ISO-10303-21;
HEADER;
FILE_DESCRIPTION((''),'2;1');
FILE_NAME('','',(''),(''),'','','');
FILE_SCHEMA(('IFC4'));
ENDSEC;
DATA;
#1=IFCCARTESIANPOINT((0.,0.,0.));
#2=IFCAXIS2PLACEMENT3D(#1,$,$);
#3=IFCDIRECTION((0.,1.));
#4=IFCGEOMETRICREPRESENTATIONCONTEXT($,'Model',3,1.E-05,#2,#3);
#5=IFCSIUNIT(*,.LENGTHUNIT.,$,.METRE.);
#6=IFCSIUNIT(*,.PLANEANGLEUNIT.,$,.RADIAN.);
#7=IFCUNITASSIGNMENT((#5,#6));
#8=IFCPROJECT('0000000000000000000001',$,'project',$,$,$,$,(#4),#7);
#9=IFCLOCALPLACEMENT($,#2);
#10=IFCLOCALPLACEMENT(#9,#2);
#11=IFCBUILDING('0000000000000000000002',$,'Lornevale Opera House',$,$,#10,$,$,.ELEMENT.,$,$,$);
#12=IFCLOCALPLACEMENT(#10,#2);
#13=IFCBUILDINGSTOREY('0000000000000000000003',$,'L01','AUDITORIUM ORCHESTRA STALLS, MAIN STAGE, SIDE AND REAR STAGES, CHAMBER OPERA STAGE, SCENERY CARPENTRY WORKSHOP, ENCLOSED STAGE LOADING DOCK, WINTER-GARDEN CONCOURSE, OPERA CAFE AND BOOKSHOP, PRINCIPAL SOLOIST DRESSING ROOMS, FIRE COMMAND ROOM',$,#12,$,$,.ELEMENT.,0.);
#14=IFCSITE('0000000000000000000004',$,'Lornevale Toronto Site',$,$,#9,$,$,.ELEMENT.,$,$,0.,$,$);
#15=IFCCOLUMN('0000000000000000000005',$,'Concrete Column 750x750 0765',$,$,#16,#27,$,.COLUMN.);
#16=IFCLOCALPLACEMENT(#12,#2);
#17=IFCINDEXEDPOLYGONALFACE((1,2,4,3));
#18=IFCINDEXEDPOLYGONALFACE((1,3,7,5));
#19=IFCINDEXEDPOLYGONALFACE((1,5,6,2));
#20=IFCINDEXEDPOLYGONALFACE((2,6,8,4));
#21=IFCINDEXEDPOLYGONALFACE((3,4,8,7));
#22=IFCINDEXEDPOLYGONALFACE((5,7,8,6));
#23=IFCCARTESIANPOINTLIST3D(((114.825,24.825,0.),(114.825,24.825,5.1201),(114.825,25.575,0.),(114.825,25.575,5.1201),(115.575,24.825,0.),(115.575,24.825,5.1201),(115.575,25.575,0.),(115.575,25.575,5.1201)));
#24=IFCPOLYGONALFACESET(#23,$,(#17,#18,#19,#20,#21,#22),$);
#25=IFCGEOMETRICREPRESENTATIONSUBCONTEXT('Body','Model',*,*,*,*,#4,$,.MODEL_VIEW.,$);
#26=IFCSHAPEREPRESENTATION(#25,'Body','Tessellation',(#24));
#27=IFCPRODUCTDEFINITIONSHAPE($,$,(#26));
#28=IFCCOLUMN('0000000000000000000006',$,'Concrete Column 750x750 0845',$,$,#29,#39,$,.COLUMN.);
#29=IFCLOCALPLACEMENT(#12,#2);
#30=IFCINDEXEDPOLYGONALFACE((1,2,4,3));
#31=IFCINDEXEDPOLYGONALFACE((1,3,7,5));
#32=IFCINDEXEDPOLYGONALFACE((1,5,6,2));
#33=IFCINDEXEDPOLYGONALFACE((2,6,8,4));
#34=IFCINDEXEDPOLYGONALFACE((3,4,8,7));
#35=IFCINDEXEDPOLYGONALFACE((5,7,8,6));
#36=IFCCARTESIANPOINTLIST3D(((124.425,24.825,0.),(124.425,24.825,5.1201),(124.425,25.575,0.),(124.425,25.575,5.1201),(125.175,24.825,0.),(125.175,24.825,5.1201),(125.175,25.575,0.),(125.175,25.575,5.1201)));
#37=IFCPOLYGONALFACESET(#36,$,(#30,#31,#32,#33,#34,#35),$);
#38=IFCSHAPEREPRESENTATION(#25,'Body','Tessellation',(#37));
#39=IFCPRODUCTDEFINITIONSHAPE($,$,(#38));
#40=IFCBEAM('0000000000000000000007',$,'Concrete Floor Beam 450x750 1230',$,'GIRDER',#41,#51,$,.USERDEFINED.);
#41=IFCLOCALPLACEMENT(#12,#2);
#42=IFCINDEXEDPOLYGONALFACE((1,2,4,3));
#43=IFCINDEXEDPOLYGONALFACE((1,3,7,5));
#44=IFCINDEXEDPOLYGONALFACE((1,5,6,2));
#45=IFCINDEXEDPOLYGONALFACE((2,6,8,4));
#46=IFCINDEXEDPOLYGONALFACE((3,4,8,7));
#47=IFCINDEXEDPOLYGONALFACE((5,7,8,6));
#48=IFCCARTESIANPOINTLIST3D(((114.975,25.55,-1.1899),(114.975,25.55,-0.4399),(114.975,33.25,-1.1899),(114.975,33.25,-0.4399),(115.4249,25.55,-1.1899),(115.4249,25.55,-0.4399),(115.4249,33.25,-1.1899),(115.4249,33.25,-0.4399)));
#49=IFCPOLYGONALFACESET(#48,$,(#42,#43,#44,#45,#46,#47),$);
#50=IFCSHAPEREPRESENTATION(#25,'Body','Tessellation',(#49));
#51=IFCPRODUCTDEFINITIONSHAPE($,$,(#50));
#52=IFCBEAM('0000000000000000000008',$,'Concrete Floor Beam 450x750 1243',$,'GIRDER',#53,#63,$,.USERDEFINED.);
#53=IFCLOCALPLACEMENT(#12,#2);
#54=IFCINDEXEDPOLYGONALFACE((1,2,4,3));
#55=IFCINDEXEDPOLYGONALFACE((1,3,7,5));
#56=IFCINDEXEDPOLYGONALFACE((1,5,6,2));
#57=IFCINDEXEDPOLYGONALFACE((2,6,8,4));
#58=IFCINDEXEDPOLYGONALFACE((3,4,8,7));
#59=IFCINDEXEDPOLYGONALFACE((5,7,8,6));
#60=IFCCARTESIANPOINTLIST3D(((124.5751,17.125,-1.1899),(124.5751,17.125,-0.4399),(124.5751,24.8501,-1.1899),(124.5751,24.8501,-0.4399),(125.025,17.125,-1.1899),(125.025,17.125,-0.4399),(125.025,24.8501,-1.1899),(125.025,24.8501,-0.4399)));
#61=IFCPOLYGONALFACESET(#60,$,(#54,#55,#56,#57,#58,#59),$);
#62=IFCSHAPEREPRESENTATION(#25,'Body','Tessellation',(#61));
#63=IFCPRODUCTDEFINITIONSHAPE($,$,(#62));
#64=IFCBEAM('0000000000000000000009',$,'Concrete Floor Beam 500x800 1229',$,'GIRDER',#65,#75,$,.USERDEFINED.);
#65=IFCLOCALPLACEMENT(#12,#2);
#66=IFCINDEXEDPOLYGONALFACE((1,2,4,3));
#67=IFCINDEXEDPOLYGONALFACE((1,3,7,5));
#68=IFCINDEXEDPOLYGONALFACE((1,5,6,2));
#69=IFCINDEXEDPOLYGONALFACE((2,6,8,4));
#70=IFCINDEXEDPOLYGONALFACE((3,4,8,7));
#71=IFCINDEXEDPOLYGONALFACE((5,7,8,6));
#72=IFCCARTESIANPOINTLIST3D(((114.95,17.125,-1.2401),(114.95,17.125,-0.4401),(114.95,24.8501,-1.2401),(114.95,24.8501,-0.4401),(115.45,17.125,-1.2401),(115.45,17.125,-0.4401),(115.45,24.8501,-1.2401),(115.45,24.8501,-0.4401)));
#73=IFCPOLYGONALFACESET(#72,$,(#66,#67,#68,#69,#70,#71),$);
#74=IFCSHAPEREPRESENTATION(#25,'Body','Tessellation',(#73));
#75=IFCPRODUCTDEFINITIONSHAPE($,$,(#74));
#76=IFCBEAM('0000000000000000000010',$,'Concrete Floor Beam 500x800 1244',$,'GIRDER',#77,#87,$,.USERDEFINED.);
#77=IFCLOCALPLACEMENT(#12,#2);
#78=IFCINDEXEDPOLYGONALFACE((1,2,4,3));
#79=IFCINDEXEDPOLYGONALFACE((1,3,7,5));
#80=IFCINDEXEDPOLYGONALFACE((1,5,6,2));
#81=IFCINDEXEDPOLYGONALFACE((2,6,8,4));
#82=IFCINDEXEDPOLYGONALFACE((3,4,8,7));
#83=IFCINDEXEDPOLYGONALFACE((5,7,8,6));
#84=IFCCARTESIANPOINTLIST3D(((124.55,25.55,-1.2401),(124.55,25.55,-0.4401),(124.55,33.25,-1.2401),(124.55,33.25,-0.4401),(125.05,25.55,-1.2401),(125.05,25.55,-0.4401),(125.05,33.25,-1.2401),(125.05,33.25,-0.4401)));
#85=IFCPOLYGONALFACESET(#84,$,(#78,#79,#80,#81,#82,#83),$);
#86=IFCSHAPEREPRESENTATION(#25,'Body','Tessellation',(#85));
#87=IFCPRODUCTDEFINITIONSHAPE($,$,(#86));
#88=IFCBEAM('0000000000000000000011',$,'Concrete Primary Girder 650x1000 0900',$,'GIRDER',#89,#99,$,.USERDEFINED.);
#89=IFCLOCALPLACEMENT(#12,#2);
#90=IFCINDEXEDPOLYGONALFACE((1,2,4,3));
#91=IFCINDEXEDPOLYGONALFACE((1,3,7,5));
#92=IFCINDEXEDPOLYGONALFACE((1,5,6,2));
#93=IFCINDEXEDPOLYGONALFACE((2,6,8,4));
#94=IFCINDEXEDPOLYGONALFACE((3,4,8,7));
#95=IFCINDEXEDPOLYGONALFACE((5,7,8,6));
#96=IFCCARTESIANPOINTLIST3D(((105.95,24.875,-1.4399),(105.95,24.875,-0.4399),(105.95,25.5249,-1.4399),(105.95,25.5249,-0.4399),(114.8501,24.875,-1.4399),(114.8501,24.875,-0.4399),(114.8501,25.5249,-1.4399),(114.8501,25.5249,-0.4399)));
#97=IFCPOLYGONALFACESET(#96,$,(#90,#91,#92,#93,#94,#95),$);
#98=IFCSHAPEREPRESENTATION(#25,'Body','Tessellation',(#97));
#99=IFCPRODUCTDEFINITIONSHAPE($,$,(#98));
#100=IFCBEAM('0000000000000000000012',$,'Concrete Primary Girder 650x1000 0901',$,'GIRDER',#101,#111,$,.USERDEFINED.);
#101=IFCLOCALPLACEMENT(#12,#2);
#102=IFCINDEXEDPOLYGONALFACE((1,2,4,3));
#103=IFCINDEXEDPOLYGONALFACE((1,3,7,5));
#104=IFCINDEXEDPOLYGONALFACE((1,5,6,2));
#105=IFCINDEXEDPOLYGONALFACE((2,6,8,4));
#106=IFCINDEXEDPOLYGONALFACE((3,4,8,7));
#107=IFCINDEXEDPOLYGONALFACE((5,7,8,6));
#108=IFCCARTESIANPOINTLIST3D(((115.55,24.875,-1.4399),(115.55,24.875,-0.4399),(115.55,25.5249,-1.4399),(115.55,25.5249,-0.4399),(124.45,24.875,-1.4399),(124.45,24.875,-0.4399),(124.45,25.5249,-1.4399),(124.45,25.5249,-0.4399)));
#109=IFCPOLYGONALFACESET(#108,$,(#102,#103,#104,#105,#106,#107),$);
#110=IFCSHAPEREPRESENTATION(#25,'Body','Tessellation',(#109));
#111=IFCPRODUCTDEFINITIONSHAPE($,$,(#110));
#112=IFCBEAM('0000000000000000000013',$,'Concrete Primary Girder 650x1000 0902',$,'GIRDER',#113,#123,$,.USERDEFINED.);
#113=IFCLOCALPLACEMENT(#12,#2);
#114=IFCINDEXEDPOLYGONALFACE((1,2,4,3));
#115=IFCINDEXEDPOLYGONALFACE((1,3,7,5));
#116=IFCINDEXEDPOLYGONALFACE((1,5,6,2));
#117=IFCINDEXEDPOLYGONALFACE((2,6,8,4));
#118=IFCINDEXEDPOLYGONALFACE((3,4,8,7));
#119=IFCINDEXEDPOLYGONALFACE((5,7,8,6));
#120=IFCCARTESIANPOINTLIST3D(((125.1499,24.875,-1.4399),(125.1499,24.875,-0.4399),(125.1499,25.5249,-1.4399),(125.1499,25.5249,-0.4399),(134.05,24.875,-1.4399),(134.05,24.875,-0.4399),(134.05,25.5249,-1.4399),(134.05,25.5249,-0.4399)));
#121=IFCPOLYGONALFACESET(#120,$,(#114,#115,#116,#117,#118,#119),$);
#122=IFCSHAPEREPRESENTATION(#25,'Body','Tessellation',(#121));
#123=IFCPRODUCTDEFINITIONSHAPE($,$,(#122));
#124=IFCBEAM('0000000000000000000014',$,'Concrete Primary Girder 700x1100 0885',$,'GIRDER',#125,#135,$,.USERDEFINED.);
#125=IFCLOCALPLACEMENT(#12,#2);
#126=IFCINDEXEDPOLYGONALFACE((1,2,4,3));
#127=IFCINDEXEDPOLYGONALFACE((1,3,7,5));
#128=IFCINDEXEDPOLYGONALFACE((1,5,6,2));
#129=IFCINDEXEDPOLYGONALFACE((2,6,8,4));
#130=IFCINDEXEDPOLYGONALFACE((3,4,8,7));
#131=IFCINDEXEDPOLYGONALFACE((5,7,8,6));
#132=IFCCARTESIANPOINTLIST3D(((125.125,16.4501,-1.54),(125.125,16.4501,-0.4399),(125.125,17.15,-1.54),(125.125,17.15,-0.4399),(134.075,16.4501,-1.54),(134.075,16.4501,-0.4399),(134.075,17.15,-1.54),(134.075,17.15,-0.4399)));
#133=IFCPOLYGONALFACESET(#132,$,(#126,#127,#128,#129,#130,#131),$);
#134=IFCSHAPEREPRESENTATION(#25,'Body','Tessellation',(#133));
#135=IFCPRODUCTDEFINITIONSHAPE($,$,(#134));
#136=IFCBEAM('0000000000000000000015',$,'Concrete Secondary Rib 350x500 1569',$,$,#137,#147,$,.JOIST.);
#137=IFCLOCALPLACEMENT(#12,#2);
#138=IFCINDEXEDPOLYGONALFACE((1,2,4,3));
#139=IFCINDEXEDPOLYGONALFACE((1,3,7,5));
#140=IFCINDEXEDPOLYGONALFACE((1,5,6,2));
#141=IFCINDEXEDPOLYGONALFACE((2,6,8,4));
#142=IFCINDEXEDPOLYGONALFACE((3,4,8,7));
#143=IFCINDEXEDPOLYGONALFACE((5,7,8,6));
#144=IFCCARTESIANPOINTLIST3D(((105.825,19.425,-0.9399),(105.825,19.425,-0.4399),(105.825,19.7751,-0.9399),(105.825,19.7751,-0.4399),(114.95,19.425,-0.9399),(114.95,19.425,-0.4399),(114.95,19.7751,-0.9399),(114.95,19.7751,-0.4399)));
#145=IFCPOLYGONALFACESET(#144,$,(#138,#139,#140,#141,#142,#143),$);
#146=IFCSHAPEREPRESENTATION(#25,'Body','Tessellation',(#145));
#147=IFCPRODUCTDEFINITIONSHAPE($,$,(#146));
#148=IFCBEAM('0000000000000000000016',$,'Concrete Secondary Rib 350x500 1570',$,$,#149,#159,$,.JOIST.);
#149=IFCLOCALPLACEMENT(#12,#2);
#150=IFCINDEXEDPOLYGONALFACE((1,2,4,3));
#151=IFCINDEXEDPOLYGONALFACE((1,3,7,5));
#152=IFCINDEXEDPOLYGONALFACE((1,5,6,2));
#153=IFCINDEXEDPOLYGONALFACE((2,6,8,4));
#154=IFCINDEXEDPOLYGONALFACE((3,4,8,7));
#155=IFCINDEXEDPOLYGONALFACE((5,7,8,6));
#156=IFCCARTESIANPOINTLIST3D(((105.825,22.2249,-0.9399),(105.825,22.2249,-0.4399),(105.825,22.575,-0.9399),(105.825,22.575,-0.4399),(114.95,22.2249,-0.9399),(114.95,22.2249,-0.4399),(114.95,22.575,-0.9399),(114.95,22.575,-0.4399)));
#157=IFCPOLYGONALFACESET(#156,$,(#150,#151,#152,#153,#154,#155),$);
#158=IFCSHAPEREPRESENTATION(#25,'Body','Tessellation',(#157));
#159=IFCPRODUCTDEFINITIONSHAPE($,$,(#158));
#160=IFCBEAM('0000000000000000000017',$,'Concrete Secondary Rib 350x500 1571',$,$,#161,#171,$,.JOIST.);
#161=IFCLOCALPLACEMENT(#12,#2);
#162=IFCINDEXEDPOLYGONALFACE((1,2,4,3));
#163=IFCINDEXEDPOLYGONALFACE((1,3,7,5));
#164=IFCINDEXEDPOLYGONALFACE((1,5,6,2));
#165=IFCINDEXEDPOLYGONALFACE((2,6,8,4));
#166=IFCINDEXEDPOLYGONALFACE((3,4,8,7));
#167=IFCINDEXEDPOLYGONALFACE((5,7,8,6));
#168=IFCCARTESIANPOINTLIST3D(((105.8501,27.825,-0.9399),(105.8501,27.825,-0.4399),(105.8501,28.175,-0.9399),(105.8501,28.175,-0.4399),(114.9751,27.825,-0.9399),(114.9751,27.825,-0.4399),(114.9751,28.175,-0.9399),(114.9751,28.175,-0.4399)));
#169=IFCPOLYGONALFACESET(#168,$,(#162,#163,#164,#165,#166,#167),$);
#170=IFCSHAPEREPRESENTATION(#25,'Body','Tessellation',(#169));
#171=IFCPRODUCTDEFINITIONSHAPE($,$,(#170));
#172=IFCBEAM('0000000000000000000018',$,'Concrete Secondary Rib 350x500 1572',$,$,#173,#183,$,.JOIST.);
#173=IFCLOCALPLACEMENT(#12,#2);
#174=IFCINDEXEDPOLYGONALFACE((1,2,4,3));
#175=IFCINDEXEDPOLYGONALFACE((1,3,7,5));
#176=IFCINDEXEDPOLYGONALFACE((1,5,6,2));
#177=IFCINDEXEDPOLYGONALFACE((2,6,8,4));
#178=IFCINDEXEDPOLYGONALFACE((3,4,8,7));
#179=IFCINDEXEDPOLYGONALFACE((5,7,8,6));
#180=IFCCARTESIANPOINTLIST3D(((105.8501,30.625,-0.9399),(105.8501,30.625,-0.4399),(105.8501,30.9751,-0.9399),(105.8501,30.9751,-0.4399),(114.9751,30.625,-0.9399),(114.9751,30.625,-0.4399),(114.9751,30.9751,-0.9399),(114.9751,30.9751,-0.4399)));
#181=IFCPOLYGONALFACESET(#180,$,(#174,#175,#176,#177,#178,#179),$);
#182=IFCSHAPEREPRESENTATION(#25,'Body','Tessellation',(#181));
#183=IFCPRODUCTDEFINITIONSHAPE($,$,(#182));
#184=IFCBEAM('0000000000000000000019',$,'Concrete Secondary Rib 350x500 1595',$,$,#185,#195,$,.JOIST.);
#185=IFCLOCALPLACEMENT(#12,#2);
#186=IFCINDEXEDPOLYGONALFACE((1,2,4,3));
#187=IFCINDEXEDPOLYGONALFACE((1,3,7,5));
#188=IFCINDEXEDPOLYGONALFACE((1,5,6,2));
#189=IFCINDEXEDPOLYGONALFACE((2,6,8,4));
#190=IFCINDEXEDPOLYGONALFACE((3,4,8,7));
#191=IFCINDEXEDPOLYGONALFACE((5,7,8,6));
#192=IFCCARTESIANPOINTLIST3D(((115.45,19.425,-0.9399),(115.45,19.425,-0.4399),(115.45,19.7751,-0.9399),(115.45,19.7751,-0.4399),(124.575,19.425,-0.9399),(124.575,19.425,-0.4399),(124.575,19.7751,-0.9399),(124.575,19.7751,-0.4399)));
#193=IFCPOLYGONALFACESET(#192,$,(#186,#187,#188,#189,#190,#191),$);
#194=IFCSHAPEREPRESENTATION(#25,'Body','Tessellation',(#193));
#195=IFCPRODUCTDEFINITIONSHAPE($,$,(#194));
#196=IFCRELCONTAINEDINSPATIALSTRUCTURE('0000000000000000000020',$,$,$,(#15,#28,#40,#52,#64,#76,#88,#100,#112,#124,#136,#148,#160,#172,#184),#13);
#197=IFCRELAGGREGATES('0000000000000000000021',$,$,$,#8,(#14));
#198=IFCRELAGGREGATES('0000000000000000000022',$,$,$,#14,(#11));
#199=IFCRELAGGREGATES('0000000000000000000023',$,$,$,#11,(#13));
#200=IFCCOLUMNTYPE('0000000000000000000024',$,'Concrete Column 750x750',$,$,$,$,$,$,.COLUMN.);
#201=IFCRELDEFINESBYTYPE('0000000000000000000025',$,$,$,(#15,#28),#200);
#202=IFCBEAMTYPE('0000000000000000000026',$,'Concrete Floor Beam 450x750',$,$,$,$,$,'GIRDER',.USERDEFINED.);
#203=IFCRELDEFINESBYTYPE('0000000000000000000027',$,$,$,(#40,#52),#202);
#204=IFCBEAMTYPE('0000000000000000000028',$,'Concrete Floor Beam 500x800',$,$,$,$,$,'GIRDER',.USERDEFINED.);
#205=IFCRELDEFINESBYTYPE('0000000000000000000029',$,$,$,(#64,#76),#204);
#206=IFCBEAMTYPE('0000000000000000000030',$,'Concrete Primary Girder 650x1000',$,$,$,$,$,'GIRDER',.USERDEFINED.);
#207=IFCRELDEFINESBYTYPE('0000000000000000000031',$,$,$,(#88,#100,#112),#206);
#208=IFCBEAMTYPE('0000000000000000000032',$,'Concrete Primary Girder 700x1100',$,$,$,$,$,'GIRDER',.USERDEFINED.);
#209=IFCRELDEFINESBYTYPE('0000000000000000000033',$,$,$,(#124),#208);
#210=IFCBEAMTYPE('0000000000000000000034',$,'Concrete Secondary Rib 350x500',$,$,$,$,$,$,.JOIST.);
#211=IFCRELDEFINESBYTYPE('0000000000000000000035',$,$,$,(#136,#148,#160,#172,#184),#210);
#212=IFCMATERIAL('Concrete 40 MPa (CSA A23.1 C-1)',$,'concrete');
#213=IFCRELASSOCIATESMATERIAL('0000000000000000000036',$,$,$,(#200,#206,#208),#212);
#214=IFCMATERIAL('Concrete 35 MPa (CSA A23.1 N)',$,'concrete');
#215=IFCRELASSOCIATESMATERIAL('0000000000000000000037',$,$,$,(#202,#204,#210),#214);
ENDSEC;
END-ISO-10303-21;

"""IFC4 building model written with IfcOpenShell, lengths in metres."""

from ifc_helpers import new_model, si_unit, direction, frame, origin, origin_2d, place, context, subcontext, project, spatial, rectangle, extrude, material, material_profile, profile_set, type_object, element, save


model = new_model("IFC4")

# Units and contexts
model_context = context("Model", 3, precision=1e-05, world=origin(), true_north=direction((0.0, 1.0)))
body_context = subcontext(model_context, "Body", "Model", "MODEL_VIEW")
ifc_project = project(units=[si_unit("LENGTHUNIT", "METRE"), si_unit("PLANEANGLEUNIT", "RADIAN")], contexts=[model_context])

# Site, building, storey
site_placement = place(None, origin())
site = spatial("IfcSite", under=ifc_project, at=site_placement, Name="Lornevale Toronto Site", CompositionType="ELEMENT", RefElevation=0.0)
building_placement = place(site_placement, origin())
building = spatial("IfcBuilding", under=site, at=building_placement, Name="Lornevale Opera House", CompositionType="ELEMENT")
storey_placement = place(building_placement, origin())
storey = spatial("IfcBuildingStorey", under=building, at=storey_placement, Name="L01", Description="AUDITORIUM ORCHESTRA STALLS, MAIN STAGE, SIDE AND REAR STAGES, CHAMBER OPERA STAGE, SCENERY CARPENTRY WORKSHOP, ENCLOSED STAGE LOADING DOCK, WINTER-GARDEN CONCOURSE, OPERA CAFE AND BOOKSHOP, PRINCIPAL SOLOIST DRESSING ROOMS, FIRE COMMAND ROOM", CompositionType="ELEMENT", Elevation=0.0)

# Columns
ifc_material_1 = material(Name="Concrete 40 MPa (CSA A23.1 C-1)", Category="concrete")
ifc_material_profile_1 = material_profile(ifc_material_1, rectangle(XDim=0.75, YDim=0.75, at=origin_2d()), Name="RC750x750")
ifc_profile_set_1 = profile_set([ifc_material_profile_1], Name="Concrete 40 MPa (CSA A23.1 C-1)")
column_type = type_object("IfcColumnType", Name="Concrete Column 750x750", PredefinedType="COLUMN", material=ifc_profile_set_1)
for number, where, z_axis, x_axis, name in (
    (1, (115.2, 25.2, 0.0), (0.0, 0.0, 1.0), (1.0, 0.0, 0.0), "Concrete Column 750x750 0765"),
    (2, (124.8, 25.2, 0.0), (0.0, 0.0, 1.0), (1.0, 0.0, 0.0), "Concrete Column 750x750 0845"),
):
    element("IfcColumn", number, at=place(storey_placement, frame(where, z_axis=z_axis, x_axis=x_axis)), inside=storey, type_object=column_type, Name=name, PredefinedType="COLUMN", context=body_context, shape_type="SweptSolid", body=[
        extrude(rectangle(XDim=0.75, YDim=0.75, at=origin_2d()), origin(), (0.0, 0.0, 1.0), 5.1201),
    ])

# Beams
ifc_material_2 = material(Name="Concrete 35 MPa (CSA A23.1 N)", Category="concrete")
ifc_material_profile_2 = material_profile(ifc_material_2, rectangle(XDim=0.45, YDim=0.75, at=origin_2d()), Name="RC450x750")
ifc_profile_set_2 = profile_set([ifc_material_profile_2], Name="Concrete 35 MPa (CSA A23.1 N)")
beam_type_1 = type_object("IfcBeamType", Name="Concrete Floor Beam 450x750", ElementType="GIRDER", PredefinedType="USERDEFINED", material=ifc_profile_set_2)
beam_1_placement = place(storey_placement, frame((115.2, 25.55, -0.8149), z_axis=(0.0, 1.0, 0.0), x_axis=(-1.0, 0.0, 0.0)))
element("IfcBeam", 3, at=beam_1_placement, inside=storey, type_object=beam_type_1, Name="Concrete Floor Beam 450x750 1230", ObjectType="GIRDER", PredefinedType="USERDEFINED", context=body_context, shape_type="SweptSolid", body=[
    extrude(rectangle(XDim=0.45, YDim=0.75, at=origin_2d()), origin(), (0.0, 0.0, 1.0), 7.7),
])
beam_2_placement = place(storey_placement, frame((124.8, 17.125, -0.8149), z_axis=(0.0, 1.0, 0.0), x_axis=(-1.0, 0.0, 0.0)))
element("IfcBeam", 4, at=beam_2_placement, inside=storey, type_object=beam_type_1, Name="Concrete Floor Beam 450x750 1243", ObjectType="GIRDER", PredefinedType="USERDEFINED", context=body_context, shape_type="SweptSolid", body=[
    extrude(rectangle(XDim=0.45, YDim=0.75, at=origin_2d()), origin(), (0.0, 0.0, 1.0), 7.7251),
])
ifc_material_profile_3 = material_profile(ifc_material_2, rectangle(XDim=0.5, YDim=0.8, at=origin_2d()), Name="RC500x800")
ifc_profile_set_3 = profile_set([ifc_material_profile_3], Name="Concrete 35 MPa (CSA A23.1 N)")
beam_type_2 = type_object("IfcBeamType", Name="Concrete Floor Beam 500x800", ElementType="GIRDER", PredefinedType="USERDEFINED", material=ifc_profile_set_3)
beam_3_placement = place(storey_placement, frame((115.2, 17.125, -0.8401), z_axis=(0.0, 1.0, 0.0), x_axis=(-1.0, 0.0, 0.0)))
element("IfcBeam", 5, at=beam_3_placement, inside=storey, type_object=beam_type_2, Name="Concrete Floor Beam 500x800 1229", ObjectType="GIRDER", PredefinedType="USERDEFINED", context=body_context, shape_type="SweptSolid", body=[
    extrude(rectangle(XDim=0.5, YDim=0.8, at=origin_2d()), origin(), (0.0, 0.0, 1.0), 7.7251),
])
beam_4_placement = place(storey_placement, frame((124.8, 25.55, -0.8401), z_axis=(0.0, 1.0, 0.0), x_axis=(-1.0, 0.0, 0.0)))
element("IfcBeam", 6, at=beam_4_placement, inside=storey, type_object=beam_type_2, Name="Concrete Floor Beam 500x800 1244", ObjectType="GIRDER", PredefinedType="USERDEFINED", context=body_context, shape_type="SweptSolid", body=[
    extrude(rectangle(XDim=0.5, YDim=0.8, at=origin_2d()), origin(), (0.0, 0.0, 1.0), 7.7),
])
ifc_material_profile_4 = material_profile(ifc_material_1, rectangle(XDim=0.6499, YDim=1.0, at=origin_2d()), Name="RC650x1000")
ifc_profile_set_4 = profile_set([ifc_material_profile_4], Name="Concrete 40 MPa (CSA A23.1 C-1)")
beam_type_3 = type_object("IfcBeamType", Name="Concrete Primary Girder 650x1000", ElementType="GIRDER", PredefinedType="USERDEFINED", material=ifc_profile_set_4)
beam_5_placement = place(storey_placement, frame((105.95, 25.2, -0.9399), z_axis=(1.0, 0.0, 0.0), x_axis=(0.0, 1.0, 0.0)))
element("IfcBeam", 7, at=beam_5_placement, inside=storey, type_object=beam_type_3, Name="Concrete Primary Girder 650x1000 0900", ObjectType="GIRDER", PredefinedType="USERDEFINED", context=body_context, shape_type="SweptSolid", body=[
    extrude(rectangle(XDim=0.6499, YDim=1.0, at=origin_2d()), origin(), (0.0, 0.0, 1.0), 8.9001),
])
beam_6_placement = place(storey_placement, frame((115.55, 25.2, -0.9399), z_axis=(1.0, 0.0, 0.0), x_axis=(0.0, 1.0, 0.0)))
element("IfcBeam", 8, at=beam_6_placement, inside=storey, type_object=beam_type_3, Name="Concrete Primary Girder 650x1000 0901", ObjectType="GIRDER", PredefinedType="USERDEFINED", context=body_context, shape_type="SweptSolid", body=[
    extrude(rectangle(XDim=0.6499, YDim=1.0, at=origin_2d()), origin(), (0.0, 0.0, 1.0), 8.8999),
])
beam_7_placement = place(storey_placement, frame((125.1499, 25.2, -0.9399), z_axis=(1.0, 0.0, 0.0), x_axis=(0.0, 1.0, 0.0)))
element("IfcBeam", 9, at=beam_7_placement, inside=storey, type_object=beam_type_3, Name="Concrete Primary Girder 650x1000 0902", ObjectType="GIRDER", PredefinedType="USERDEFINED", context=body_context, shape_type="SweptSolid", body=[
    extrude(rectangle(XDim=0.6499, YDim=1.0, at=origin_2d()), origin(), (0.0, 0.0, 1.0), 8.9001),
])
ifc_material_profile_5 = material_profile(ifc_material_1, rectangle(XDim=0.7, YDim=1.1001, at=origin_2d()), Name="RC700x1100")
ifc_profile_set_5 = profile_set([ifc_material_profile_5], Name="Concrete 40 MPa (CSA A23.1 C-1)")
beam_type_4 = type_object("IfcBeamType", Name="Concrete Primary Girder 700x1100", ElementType="GIRDER", PredefinedType="USERDEFINED", material=ifc_profile_set_5)
beam_8_placement = place(storey_placement, frame((125.125, 16.8, -0.99), z_axis=(1.0, 0.0, 0.0), x_axis=(0.0, 1.0, 0.0)))
element("IfcBeam", 10, at=beam_8_placement, inside=storey, type_object=beam_type_4, Name="Concrete Primary Girder 700x1100 0885", ObjectType="GIRDER", PredefinedType="USERDEFINED", context=body_context, shape_type="SweptSolid", body=[
    extrude(rectangle(XDim=0.7, YDim=1.1001, at=origin_2d()), origin(), (0.0, 0.0, 1.0), 8.95),
])
ifc_material_profile_6 = material_profile(ifc_material_2, rectangle(XDim=0.3501, YDim=0.5, at=origin_2d()), Name="RC350x500")
ifc_profile_set_6 = profile_set([ifc_material_profile_6], Name="Concrete 35 MPa (CSA A23.1 N)")
beam_type_5 = type_object("IfcBeamType", Name="Concrete Secondary Rib 350x500", PredefinedType="JOIST", material=ifc_profile_set_6)
for number, where, z_axis, x_axis, name in (
    (11, (105.825, 19.6001, -0.6899), (1.0, 0.0, 0.0), (0.0, 1.0, 0.0), "Concrete Secondary Rib 350x500 1569"),
    (12, (105.825, 22.3999, -0.6899), (1.0, 0.0, 0.0), (0.0, 1.0, 0.0), "Concrete Secondary Rib 350x500 1570"),
    (13, (105.8501, 28.0, -0.6899), (1.0, 0.0, 0.0), (0.0, 1.0, 0.0), "Concrete Secondary Rib 350x500 1571"),
    (14, (105.8501, 30.8, -0.6899), (1.0, 0.0, 0.0), (0.0, 1.0, 0.0), "Concrete Secondary Rib 350x500 1572"),
    (15, (115.45, 19.6001, -0.6899), (1.0, 0.0, 0.0), (0.0, 1.0, 0.0), "Concrete Secondary Rib 350x500 1595"),
):
    element("IfcBeam", number, at=place(storey_placement, frame(where, z_axis=z_axis, x_axis=x_axis)), inside=storey, type_object=beam_type_5, Name=name, PredefinedType="JOIST", context=body_context, shape_type="SweptSolid", body=[
        extrude(rectangle(XDim=0.3501, YDim=0.5, at=origin_2d()), origin(), (0.0, 0.0, 1.0), 9.125),
    ])

save(model, "model.ifc")
